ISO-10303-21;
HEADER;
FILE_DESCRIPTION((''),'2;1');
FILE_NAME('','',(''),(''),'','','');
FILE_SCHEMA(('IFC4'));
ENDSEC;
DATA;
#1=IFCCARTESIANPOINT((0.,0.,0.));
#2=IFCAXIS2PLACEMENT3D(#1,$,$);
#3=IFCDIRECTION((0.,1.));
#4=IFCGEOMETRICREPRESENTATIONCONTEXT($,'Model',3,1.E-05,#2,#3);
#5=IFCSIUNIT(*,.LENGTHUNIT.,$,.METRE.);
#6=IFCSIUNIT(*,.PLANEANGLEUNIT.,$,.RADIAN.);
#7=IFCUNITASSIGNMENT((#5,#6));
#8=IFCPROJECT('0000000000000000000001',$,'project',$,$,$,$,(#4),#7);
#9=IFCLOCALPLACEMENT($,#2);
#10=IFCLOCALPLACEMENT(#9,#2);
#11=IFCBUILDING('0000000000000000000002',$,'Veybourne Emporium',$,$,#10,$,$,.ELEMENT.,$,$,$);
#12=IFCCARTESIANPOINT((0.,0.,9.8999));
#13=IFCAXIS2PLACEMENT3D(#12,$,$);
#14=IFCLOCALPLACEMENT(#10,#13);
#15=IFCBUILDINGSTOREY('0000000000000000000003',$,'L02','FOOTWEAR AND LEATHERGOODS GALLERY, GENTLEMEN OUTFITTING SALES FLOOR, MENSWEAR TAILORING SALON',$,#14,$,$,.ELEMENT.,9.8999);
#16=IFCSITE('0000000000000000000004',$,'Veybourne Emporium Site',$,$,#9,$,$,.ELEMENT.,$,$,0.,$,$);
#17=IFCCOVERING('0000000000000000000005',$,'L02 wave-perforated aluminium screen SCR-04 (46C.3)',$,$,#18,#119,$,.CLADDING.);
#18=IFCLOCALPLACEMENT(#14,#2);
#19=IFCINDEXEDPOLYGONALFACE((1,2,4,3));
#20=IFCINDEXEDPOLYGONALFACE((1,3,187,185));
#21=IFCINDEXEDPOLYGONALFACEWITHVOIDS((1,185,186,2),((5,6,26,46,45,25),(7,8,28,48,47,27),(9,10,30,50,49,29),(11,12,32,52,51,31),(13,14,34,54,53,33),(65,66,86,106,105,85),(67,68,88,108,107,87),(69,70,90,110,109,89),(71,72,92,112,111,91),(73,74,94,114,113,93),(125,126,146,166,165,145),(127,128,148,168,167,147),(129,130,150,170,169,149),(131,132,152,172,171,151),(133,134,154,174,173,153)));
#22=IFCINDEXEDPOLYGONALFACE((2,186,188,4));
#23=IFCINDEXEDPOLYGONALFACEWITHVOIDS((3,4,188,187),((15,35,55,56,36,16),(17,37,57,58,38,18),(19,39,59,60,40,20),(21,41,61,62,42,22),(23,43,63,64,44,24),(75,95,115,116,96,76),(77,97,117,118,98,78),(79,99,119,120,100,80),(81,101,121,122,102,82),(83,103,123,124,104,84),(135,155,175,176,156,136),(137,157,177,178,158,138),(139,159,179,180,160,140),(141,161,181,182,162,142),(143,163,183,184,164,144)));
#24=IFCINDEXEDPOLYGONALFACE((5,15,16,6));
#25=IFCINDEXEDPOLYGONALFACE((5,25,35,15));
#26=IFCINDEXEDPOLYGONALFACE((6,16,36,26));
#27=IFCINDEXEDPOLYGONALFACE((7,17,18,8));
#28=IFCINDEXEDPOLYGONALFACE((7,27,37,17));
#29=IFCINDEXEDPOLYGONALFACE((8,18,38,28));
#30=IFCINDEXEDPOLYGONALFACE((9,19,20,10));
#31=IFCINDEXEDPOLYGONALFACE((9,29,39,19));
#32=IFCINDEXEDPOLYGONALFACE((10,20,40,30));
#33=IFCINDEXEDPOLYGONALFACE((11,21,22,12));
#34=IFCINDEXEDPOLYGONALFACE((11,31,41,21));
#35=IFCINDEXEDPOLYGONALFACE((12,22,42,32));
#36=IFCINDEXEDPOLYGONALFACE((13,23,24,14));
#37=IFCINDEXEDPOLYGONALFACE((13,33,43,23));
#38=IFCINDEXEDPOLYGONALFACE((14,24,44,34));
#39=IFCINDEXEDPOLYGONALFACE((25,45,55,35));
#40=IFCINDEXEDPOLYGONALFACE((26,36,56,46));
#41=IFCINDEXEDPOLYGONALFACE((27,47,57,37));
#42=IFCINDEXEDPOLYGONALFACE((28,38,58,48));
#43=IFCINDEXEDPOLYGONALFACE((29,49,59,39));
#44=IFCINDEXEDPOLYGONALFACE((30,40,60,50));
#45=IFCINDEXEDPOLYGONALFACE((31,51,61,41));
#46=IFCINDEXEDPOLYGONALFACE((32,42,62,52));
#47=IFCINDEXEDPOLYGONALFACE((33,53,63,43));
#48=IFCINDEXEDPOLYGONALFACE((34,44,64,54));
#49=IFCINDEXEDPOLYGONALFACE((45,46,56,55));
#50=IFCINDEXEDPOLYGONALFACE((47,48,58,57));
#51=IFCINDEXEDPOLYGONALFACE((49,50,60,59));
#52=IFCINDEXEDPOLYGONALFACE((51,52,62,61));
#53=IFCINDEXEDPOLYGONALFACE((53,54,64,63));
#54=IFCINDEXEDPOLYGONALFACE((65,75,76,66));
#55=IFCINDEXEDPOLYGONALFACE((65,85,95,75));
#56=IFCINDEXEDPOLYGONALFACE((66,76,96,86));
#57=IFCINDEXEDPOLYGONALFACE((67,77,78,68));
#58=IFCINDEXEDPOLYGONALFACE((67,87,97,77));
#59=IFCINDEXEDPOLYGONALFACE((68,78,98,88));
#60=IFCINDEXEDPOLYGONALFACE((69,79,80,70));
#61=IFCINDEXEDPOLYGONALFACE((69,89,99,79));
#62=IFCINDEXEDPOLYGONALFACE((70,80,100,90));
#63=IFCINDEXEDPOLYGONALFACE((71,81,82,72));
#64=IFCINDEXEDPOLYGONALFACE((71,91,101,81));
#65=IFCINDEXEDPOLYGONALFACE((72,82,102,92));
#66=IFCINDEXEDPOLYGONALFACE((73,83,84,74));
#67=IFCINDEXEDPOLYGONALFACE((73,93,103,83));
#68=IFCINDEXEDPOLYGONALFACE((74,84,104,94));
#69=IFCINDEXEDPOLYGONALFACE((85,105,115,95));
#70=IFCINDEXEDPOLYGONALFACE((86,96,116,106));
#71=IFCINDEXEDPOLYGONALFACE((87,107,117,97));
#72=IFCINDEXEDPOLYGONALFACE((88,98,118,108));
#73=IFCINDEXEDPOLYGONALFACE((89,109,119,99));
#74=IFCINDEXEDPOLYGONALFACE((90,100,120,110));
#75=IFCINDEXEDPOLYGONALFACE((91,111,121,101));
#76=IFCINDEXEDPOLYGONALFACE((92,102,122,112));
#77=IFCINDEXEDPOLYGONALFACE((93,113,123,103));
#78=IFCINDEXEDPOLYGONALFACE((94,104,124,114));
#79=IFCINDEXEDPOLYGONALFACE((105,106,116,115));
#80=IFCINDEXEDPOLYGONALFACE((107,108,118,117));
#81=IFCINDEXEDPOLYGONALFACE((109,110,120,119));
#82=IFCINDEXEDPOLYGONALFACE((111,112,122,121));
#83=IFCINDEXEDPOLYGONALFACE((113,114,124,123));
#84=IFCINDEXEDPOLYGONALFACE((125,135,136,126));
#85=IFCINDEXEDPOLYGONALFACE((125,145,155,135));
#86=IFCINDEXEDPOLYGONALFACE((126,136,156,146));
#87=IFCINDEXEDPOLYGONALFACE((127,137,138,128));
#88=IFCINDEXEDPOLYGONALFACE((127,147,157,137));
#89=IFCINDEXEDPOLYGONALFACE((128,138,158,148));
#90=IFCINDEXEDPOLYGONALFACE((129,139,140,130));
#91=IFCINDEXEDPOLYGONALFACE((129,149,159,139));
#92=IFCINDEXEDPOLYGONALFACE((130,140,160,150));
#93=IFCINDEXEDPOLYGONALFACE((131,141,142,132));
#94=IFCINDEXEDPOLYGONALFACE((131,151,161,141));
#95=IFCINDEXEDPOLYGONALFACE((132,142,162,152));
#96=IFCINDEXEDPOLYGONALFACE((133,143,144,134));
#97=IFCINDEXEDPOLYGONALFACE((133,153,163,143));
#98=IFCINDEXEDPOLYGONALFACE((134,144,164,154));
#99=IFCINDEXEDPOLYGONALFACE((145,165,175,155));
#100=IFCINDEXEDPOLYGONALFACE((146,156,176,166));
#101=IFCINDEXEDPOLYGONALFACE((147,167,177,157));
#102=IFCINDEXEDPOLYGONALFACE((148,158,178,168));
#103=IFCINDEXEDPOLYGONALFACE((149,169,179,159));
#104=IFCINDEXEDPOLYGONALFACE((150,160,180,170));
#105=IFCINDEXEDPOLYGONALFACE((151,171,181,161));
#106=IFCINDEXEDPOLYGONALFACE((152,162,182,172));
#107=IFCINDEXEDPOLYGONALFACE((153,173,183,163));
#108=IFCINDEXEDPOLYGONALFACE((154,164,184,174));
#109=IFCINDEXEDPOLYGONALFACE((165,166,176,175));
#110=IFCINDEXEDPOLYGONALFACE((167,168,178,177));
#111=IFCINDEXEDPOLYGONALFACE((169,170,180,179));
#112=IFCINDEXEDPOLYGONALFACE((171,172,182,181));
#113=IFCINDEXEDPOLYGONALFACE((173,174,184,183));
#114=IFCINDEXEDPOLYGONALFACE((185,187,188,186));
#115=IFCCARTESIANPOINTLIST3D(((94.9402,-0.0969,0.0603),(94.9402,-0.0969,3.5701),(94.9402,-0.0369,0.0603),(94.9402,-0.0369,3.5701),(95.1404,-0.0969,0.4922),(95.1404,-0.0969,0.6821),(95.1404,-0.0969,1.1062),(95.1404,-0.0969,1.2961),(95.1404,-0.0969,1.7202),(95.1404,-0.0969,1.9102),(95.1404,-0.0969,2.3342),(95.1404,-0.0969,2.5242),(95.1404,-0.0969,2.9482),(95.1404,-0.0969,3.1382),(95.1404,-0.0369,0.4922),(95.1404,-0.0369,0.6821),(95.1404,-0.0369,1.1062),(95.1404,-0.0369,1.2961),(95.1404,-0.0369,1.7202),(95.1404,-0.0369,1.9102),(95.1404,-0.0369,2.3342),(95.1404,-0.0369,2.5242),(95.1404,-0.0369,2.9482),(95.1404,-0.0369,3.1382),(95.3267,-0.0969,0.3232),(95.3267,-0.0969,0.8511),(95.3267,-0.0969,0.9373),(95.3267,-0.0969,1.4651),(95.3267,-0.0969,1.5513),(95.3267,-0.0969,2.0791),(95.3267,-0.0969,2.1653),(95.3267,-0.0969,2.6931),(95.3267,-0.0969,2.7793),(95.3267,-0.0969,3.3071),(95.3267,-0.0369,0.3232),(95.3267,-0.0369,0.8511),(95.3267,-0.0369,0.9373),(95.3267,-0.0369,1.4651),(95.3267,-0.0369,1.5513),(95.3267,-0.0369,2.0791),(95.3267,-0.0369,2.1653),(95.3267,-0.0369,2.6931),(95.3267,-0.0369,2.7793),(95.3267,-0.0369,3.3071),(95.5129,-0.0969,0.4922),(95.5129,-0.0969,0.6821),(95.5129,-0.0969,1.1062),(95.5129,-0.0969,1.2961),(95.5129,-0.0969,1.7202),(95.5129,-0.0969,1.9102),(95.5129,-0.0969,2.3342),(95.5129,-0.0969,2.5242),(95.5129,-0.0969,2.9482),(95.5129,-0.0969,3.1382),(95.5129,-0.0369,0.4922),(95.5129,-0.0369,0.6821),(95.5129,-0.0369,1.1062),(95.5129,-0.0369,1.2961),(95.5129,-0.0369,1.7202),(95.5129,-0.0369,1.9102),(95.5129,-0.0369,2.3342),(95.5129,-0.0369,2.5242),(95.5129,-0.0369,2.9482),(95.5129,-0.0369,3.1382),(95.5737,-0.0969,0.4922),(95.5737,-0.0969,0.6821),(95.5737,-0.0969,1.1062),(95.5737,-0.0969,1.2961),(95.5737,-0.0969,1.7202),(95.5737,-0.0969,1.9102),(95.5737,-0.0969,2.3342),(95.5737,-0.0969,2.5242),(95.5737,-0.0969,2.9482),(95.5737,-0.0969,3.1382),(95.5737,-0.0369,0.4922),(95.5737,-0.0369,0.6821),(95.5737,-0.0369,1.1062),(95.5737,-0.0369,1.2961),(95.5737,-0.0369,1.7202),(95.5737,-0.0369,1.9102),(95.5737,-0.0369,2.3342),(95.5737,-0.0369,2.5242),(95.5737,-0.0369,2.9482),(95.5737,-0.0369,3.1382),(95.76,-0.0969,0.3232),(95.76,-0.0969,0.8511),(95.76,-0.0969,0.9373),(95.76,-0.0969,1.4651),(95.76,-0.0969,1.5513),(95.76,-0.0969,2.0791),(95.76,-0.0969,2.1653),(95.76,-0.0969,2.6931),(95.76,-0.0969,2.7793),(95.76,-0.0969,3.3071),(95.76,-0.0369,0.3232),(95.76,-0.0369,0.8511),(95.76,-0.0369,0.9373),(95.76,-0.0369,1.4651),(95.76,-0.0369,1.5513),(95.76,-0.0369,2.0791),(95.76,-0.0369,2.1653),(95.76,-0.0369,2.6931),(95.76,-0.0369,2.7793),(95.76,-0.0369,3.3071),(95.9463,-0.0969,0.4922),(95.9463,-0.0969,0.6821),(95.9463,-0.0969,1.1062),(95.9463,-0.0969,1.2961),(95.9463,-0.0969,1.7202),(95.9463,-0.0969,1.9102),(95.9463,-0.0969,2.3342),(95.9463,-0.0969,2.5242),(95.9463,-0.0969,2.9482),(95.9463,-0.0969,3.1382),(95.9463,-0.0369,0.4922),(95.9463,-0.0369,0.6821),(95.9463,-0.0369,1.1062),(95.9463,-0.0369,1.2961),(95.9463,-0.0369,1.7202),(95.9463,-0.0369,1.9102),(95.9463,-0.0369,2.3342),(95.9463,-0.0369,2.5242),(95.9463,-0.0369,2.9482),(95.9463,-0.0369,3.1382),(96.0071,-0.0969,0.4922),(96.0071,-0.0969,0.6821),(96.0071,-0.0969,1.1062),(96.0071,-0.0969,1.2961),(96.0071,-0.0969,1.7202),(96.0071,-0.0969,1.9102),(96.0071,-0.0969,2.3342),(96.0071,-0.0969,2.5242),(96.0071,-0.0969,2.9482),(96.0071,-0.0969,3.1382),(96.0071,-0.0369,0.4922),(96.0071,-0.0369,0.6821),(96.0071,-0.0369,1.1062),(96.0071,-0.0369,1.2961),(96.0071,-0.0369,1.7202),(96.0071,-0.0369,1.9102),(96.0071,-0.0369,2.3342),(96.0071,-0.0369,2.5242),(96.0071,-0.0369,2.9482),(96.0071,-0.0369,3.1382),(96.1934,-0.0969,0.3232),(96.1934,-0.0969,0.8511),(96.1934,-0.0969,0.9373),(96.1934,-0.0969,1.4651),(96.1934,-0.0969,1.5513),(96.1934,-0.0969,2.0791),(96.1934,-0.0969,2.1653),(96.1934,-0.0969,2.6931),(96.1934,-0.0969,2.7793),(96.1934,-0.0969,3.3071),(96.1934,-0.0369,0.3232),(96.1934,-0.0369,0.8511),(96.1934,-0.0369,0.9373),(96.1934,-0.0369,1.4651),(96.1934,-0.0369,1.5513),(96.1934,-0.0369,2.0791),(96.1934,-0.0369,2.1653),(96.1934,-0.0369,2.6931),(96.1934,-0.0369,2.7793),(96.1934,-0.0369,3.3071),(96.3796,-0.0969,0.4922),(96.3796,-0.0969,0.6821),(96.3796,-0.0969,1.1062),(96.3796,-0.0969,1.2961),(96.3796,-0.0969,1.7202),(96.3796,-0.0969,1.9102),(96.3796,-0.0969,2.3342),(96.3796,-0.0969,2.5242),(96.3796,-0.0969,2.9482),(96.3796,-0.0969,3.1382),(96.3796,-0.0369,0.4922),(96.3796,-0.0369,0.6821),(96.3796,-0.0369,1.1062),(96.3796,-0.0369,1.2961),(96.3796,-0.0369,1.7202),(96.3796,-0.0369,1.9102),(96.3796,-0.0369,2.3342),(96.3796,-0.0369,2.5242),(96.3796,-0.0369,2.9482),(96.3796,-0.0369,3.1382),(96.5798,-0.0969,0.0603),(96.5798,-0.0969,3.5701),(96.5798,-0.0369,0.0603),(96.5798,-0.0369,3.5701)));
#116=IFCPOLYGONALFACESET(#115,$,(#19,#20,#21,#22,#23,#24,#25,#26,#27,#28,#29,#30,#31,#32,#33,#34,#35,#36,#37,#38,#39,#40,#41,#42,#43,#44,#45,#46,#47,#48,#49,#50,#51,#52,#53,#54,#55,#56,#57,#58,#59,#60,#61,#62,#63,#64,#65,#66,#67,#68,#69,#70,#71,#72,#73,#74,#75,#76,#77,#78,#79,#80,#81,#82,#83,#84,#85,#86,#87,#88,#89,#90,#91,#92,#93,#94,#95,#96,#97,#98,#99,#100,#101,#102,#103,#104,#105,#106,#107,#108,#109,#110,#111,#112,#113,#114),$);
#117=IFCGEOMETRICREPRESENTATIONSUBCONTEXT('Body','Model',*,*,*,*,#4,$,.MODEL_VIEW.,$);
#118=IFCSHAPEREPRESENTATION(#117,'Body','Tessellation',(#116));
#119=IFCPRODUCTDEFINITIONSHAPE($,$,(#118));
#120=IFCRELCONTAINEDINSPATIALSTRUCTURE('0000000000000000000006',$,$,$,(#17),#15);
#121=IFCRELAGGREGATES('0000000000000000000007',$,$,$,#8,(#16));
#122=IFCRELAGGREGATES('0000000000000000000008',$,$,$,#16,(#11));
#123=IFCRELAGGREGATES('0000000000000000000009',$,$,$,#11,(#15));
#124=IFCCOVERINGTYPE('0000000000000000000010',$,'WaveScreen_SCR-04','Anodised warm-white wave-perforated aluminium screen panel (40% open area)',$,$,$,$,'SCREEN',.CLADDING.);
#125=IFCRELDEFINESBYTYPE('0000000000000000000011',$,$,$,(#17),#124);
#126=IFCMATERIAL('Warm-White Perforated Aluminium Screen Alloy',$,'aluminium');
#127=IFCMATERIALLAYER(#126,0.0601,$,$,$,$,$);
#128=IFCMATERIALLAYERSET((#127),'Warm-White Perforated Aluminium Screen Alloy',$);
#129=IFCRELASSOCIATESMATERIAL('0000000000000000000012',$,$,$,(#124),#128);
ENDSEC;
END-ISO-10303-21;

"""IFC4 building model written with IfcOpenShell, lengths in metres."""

from ifc_helpers import new_model, si_unit, direction, frame, origin, place, context, subcontext, project, spatial, polyline, outline, extrude, material, layer, layer_set, type_object, element, save


model = new_model("IFC4")

# Units and contexts
model_context = context("Model", 3, precision=1e-05, world=origin(), true_north=direction((0.0, 1.0)))
body_context = subcontext(model_context, "Body", "Model", "MODEL_VIEW")
ifc_project = project(units=[si_unit("LENGTHUNIT", "METRE"), si_unit("PLANEANGLEUNIT", "RADIAN")], contexts=[model_context])

# Site, building, storey
site_placement = place(None, origin())
site = spatial("IfcSite", under=ifc_project, at=site_placement, Name="Veybourne Emporium Site", CompositionType="ELEMENT", RefElevation=0.0)
building_placement = place(site_placement, origin())
building = spatial("IfcBuilding", under=site, at=building_placement, Name="Veybourne Emporium", CompositionType="ELEMENT")
storey_placement = place(building_placement, frame((0.0, 0.0, 9.8999)))
storey = spatial("IfcBuildingStorey", under=building, at=storey_placement, Name="L02", Description="FOOTWEAR AND LEATHERGOODS GALLERY, GENTLEMEN OUTFITTING SALES FLOOR, MENSWEAR TAILORING SALON", CompositionType="ELEMENT", Elevation=9.8999)

# Covering
ifc_material_1 = material(Name="Warm-White Perforated Aluminium Screen Alloy", Category="aluminium")
ifc_layer_1 = layer(ifc_material_1, 0.0601)
ifc_layer_set_1 = layer_set([ifc_layer_1], Name="Warm-White Perforated Aluminium Screen Alloy")
covering_type_1 = type_object("IfcCoveringType", Name="WaveScreen_SCR-04", Description="Anodised warm-white wave-perforated aluminium screen panel (40% open area)", ElementType="SCREEN", PredefinedType="CLADDING", material=ifc_layer_set_1)
covering_1_placement = place(storey_placement, frame((95.76, -0.0969, 1.8152), z_axis=(0.0, 1.0, 0.0), x_axis=(-1.0, 0.0, 0.0)))
element("IfcCovering", 1, at=covering_1_placement, inside=storey, type_object=covering_type_1, Name="L02 wave-perforated aluminium screen SCR-04 (46C.3)", PredefinedType="CLADDING", context=body_context, shape_type="SweptSolid", body=[
    extrude(outline(polyline([(-0.8198, -1.7549), (0.8198, -1.7549), (0.8198, 1.7549), (-0.8198, 1.7549), (-0.8198, -1.7549)]), holes=[polyline([(-0.4333, -0.9641), (-0.2471, -1.1331), (-0.2471, -1.323), (-0.4333, -1.4919), (-0.6196, -1.323), (-0.6196, -1.1331), (-0.4333, -0.9641)]), polyline([(-0.4333, -0.3501), (-0.2471, -0.519), (-0.2471, -0.709), (-0.4333, -0.8779), (-0.6196, -0.709), (-0.6196, -0.519), (-0.4333, -0.3501)]), polyline([(-0.4333, 0.2639), (-0.2471, 0.095), (-0.2471, -0.095), (-0.4333, -0.2639), (-0.6196, -0.095), (-0.6196, 0.095), (-0.4333, 0.2639)]), polyline([(-0.4333, 0.8779), (-0.2471, 0.709), (-0.2471, 0.519), (-0.4333, 0.3501), (-0.6196, 0.519), (-0.6196, 0.709), (-0.4333, 0.8779)]), polyline([(-0.4333, 1.4919), (-0.2471, 1.323), (-0.2471, 1.1331), (-0.4333, 0.9641), (-0.6196, 1.1331), (-0.6196, 1.323), (-0.4333, 1.4919)]), polyline([(0.0, -0.9641), (0.1863, -1.1331), (0.1863, -1.323), (0.0, -1.4919), (-0.1863, -1.323), (-0.1863, -1.1331), (0.0, -0.9641)]), polyline([(0.0, -0.3501), (0.1863, -0.519), (0.1863, -0.709), (0.0, -0.8779), (-0.1863, -0.709), (-0.1863, -0.519), (0.0, -0.3501)]), polyline([(0.0, 0.2639), (0.1863, 0.095), (0.1863, -0.095), (0.0, -0.2639), (-0.1863, -0.095), (-0.1863, 0.095), (0.0, 0.2639)]), polyline([(0.0, 0.8779), (0.1863, 0.709), (0.1863, 0.519), (0.0, 0.3501), (-0.1863, 0.519), (-0.1863, 0.709), (0.0, 0.8779)]), polyline([(0.0, 1.4919), (0.1863, 1.323), (0.1863, 1.1331), (0.0, 0.9641), (-0.1863, 1.1331), (-0.1863, 1.323), (0.0, 1.4919)]), polyline([(0.4333, -0.9641), (0.6196, -1.1331), (0.6196, -1.323), (0.4333, -1.4919), (0.2471, -1.323), (0.2471, -1.1331), (0.4333, -0.9641)]), polyline([(0.4333, -0.3501), (0.6196, -0.519), (0.6196, -0.709), (0.4333, -0.8779), (0.2471, -0.709), (0.2471, -0.519), (0.4333, -0.3501)]), polyline([(0.4333, 0.2639), (0.6196, 0.095), (0.6196, -0.095), (0.4333, -0.2639), (0.2471, -0.095), (0.2471, 0.095), (0.4333, 0.2639)]), polyline([(0.4333, 0.8779), (0.6196, 0.709), (0.6196, 0.519), (0.4333, 0.3501), (0.2471, 0.519), (0.2471, 0.709), (0.4333, 0.8779)]), polyline([(0.4333, 1.4919), (0.6196, 1.323), (0.6196, 1.1331), (0.4333, 0.9641), (0.2471, 1.1331), (0.2471, 1.323), (0.4333, 1.4919)])]), origin(), (0.0, 0.0, 1.0), 0.0601),
])

save(model, "model.ifc")
